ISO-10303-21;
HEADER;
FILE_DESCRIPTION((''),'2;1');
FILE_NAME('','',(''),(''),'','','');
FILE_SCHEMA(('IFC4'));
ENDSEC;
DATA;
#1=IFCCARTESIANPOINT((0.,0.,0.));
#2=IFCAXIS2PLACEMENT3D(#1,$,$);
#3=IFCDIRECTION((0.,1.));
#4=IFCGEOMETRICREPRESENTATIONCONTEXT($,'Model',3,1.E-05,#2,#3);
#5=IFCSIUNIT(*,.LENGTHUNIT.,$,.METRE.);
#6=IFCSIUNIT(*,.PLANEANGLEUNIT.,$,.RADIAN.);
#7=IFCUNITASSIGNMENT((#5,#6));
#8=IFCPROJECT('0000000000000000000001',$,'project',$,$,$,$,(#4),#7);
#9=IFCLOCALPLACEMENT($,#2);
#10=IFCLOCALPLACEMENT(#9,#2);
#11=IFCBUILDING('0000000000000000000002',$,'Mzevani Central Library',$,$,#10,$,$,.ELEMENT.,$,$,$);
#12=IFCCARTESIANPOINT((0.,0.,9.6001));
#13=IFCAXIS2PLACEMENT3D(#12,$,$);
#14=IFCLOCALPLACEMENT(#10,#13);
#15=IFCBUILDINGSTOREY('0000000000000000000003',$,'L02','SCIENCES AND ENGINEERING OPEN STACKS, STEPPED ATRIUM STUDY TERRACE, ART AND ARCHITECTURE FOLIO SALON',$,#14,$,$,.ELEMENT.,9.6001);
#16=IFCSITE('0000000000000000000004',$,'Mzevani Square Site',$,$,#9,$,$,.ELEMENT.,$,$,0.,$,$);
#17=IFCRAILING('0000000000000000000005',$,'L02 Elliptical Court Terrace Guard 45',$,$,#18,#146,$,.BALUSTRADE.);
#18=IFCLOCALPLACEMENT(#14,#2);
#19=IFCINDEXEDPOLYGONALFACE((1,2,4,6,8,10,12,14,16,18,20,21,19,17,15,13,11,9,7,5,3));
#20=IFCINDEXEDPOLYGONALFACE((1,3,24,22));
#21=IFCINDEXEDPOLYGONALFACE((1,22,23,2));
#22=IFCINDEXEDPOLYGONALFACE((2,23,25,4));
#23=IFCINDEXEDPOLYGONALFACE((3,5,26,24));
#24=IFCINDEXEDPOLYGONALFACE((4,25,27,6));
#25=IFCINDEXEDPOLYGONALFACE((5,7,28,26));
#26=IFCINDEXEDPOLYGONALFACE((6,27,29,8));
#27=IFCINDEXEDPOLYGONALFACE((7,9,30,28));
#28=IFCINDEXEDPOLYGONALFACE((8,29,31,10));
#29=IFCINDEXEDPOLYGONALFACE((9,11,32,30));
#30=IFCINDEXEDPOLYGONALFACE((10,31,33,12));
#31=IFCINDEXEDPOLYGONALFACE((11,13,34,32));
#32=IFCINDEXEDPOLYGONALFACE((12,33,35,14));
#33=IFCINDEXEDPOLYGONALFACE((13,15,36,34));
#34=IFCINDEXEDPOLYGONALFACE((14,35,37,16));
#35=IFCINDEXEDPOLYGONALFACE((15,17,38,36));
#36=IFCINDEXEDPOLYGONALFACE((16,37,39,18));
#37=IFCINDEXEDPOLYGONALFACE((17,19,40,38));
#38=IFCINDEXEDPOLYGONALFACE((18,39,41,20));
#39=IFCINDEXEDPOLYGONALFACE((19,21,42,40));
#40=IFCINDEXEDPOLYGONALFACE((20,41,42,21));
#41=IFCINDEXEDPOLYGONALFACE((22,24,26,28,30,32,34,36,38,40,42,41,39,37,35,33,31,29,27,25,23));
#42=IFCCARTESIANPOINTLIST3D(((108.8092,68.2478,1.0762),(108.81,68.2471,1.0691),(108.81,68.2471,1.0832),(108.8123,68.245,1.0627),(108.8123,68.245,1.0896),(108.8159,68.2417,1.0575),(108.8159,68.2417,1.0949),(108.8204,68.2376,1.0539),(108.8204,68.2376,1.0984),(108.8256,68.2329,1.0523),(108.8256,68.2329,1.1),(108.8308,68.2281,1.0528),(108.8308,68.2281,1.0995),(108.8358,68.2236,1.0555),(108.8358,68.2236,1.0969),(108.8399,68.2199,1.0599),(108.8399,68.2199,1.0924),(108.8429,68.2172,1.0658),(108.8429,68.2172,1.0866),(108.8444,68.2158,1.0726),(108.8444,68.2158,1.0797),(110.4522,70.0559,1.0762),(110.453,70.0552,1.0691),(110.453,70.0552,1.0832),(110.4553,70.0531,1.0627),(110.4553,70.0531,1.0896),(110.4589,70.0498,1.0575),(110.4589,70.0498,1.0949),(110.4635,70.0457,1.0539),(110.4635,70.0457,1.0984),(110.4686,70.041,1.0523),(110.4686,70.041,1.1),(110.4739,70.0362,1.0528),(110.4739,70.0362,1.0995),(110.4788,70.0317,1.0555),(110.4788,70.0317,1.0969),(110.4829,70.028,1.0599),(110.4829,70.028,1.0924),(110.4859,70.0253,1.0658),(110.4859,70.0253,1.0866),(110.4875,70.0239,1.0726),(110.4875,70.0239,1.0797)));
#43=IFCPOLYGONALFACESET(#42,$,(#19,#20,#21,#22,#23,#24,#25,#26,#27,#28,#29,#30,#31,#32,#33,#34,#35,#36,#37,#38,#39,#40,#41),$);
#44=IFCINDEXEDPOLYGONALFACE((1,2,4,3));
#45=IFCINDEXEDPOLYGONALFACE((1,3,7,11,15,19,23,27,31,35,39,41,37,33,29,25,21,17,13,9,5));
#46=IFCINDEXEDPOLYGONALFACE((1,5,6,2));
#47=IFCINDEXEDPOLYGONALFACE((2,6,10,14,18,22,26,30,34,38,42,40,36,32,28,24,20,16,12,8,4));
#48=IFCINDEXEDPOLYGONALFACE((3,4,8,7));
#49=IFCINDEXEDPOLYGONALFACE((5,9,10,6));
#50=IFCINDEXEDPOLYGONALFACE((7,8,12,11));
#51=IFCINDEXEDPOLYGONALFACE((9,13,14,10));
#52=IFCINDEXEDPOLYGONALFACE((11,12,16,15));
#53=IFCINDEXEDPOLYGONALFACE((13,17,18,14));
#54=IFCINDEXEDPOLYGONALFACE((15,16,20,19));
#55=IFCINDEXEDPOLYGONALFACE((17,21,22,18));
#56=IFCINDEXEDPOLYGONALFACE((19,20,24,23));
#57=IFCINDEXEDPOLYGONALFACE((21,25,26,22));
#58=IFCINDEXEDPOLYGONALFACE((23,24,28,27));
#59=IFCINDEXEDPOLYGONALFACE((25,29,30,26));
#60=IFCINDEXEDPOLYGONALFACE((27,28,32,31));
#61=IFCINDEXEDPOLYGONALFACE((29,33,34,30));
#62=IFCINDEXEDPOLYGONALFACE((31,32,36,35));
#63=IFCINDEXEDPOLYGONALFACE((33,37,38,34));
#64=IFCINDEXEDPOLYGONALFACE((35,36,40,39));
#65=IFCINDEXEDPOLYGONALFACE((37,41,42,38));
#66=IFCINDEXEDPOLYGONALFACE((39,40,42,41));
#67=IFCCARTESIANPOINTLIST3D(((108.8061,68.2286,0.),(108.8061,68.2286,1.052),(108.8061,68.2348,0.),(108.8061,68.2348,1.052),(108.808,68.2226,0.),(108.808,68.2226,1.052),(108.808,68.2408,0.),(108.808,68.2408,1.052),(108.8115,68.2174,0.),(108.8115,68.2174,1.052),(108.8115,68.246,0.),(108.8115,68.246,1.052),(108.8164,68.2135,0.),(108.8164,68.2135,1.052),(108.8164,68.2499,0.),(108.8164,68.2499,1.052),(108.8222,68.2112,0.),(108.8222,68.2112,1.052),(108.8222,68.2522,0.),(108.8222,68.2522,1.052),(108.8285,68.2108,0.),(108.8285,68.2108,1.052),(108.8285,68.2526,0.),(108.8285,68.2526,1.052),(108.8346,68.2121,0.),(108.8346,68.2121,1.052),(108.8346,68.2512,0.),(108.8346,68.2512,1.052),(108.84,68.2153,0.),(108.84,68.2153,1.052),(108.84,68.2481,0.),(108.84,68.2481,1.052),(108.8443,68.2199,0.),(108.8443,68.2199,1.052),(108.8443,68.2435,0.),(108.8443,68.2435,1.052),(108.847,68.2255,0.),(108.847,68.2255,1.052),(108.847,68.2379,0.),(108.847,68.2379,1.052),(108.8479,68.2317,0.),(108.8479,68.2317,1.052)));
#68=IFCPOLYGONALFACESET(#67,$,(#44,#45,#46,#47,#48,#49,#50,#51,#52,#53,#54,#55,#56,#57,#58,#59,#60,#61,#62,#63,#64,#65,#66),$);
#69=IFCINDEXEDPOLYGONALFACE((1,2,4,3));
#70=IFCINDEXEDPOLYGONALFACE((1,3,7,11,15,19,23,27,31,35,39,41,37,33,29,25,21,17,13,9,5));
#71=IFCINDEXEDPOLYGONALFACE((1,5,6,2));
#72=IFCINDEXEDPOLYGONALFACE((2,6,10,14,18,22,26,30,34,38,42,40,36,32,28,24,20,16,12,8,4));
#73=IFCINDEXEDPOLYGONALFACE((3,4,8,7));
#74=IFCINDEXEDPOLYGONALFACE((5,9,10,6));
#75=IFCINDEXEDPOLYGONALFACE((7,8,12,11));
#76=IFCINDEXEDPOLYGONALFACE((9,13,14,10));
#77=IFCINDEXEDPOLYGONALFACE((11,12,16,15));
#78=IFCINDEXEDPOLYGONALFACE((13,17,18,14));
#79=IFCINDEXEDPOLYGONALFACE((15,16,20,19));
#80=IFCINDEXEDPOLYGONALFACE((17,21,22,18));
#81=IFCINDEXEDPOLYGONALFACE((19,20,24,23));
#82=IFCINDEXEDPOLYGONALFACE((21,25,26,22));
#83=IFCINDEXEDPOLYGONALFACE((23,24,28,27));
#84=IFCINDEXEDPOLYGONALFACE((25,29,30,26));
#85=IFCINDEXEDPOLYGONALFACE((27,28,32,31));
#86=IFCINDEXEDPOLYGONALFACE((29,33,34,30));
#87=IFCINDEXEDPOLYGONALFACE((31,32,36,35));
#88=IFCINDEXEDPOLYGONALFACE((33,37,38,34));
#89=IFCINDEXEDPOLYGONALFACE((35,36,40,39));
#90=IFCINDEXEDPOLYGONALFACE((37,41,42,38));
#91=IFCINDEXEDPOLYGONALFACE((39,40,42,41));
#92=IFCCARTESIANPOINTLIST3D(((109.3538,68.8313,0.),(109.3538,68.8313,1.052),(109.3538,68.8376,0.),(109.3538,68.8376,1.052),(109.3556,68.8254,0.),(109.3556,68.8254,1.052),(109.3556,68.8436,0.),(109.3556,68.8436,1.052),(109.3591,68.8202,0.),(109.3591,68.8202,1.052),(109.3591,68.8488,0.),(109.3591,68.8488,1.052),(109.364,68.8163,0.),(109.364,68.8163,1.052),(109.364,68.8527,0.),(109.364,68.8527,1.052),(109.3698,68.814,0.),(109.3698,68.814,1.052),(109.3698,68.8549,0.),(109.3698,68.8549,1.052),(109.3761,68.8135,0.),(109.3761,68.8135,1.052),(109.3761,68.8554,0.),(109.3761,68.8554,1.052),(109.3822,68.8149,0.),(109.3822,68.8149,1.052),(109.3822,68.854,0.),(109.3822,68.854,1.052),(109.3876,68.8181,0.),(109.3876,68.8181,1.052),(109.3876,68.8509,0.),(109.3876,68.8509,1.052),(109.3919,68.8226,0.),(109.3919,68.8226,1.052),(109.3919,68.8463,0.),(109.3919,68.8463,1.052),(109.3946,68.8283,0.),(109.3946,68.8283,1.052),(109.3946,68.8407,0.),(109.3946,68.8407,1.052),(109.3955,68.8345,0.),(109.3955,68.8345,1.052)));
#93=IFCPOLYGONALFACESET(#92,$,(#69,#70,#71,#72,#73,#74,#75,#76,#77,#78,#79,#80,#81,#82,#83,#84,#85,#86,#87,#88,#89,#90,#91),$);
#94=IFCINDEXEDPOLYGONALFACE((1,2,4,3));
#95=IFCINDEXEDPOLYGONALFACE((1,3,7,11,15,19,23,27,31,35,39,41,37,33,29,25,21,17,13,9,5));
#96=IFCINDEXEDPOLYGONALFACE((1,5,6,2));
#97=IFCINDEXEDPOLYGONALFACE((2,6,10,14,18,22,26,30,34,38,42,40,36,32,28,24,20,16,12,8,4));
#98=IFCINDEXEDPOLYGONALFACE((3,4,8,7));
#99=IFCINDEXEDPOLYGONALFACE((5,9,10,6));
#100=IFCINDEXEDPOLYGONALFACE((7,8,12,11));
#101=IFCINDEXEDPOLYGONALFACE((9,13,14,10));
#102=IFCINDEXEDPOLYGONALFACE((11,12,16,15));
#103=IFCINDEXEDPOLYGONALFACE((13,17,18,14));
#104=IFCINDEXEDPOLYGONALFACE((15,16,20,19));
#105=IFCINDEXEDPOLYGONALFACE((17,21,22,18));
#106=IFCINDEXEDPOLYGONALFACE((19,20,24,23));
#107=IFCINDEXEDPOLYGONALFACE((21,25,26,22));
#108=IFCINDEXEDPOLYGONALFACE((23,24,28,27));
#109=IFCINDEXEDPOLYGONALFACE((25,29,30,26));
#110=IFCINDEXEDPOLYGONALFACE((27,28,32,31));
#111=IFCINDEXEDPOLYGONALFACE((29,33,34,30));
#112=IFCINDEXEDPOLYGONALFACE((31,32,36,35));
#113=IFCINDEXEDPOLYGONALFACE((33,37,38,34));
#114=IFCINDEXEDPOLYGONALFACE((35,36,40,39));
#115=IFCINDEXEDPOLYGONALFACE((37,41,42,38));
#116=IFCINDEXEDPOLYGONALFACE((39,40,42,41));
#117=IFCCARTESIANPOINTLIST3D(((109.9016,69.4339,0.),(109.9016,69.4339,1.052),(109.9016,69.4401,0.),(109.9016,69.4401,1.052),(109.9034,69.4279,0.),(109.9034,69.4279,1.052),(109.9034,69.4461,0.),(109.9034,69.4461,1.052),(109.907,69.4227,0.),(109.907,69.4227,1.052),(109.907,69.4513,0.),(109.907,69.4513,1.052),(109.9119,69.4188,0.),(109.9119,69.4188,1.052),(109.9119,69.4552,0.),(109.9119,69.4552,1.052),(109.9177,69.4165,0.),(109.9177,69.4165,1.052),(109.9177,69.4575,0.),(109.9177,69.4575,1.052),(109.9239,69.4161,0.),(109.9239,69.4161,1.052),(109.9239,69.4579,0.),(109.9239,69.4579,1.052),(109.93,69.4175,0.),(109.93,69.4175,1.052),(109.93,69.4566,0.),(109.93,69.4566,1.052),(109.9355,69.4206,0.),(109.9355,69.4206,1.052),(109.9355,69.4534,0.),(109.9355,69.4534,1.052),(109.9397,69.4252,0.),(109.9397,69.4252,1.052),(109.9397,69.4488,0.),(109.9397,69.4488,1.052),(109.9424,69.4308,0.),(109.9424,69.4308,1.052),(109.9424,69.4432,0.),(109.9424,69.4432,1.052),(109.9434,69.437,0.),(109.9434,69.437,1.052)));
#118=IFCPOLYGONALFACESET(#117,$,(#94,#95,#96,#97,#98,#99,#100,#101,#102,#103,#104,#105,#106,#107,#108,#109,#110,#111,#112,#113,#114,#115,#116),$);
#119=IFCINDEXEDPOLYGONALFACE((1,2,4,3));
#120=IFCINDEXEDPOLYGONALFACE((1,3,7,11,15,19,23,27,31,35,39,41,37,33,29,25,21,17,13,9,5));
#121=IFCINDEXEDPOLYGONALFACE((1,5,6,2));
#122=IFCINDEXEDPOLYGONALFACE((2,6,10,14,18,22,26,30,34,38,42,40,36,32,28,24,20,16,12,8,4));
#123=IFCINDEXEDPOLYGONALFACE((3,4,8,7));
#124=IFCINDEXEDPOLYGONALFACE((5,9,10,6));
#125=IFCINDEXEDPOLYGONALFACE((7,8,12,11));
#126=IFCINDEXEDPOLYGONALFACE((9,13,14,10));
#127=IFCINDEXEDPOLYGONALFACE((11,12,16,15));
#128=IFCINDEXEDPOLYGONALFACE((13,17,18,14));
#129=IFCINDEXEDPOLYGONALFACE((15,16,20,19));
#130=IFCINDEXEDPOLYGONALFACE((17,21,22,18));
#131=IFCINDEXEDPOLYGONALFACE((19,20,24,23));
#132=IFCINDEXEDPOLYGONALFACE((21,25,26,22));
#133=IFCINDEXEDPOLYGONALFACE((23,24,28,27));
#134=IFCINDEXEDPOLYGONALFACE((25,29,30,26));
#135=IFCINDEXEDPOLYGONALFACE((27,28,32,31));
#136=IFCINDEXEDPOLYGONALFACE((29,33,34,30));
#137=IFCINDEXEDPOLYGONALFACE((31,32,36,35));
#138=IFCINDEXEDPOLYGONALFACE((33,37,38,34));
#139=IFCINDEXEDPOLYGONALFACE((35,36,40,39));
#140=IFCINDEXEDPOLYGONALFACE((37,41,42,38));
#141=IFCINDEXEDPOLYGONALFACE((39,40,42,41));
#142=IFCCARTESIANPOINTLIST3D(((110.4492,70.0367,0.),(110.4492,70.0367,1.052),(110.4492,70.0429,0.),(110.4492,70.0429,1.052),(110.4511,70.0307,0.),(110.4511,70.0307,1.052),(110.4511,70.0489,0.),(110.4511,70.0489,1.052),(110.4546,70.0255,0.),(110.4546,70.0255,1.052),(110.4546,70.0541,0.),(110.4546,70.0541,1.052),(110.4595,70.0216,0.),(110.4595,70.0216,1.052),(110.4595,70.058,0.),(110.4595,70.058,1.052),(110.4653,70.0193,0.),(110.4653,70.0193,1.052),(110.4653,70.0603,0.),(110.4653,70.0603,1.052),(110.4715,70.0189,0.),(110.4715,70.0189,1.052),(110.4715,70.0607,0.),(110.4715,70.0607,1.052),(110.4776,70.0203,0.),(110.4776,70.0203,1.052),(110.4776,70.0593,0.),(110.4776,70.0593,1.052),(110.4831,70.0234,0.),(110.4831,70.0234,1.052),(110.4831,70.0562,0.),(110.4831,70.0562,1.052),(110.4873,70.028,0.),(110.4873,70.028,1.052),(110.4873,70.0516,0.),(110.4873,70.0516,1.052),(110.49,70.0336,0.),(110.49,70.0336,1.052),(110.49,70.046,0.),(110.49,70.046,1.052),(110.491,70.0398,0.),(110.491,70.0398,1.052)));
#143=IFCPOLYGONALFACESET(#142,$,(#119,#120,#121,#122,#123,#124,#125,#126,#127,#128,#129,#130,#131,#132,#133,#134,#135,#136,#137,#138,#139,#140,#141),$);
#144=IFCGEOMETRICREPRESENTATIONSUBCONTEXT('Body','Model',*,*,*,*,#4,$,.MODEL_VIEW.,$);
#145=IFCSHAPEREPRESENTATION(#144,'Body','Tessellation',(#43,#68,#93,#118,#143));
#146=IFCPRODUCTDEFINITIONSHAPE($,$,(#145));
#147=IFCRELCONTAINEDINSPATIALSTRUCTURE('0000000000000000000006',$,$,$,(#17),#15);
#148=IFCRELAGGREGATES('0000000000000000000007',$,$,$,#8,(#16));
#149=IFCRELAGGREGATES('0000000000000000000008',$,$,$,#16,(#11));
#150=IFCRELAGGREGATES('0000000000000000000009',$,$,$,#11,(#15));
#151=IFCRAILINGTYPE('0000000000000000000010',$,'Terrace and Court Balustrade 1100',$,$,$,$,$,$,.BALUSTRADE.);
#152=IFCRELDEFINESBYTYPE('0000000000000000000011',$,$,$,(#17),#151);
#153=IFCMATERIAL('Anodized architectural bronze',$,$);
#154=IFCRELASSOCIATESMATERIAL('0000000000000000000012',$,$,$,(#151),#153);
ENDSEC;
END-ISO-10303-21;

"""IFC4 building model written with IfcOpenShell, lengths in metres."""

from ifc_helpers import new_model, si_unit, direction, frame, origin, origin_2d, place, context, subcontext, project, spatial, circle, extrude, material, type_object, element, save


model = new_model("IFC4")

# Units and contexts
model_context = context("Model", 3, precision=1e-05, world=origin(), true_north=direction((0.0, 1.0)))
body_context = subcontext(model_context, "Body", "Model", "MODEL_VIEW")
ifc_project = project(units=[si_unit("LENGTHUNIT", "METRE"), si_unit("PLANEANGLEUNIT", "RADIAN")], contexts=[model_context])

# Site, building, storey
site_placement = place(None, origin())
site = spatial("IfcSite", under=ifc_project, at=site_placement, Name="Mzevani Square Site", CompositionType="ELEMENT", RefElevation=0.0)
building_placement = place(site_placement, origin())
building = spatial("IfcBuilding", under=site, at=building_placement, Name="Mzevani Central Library", CompositionType="ELEMENT")
storey_placement = place(building_placement, frame((0.0, 0.0, 9.6001)))
storey = spatial("IfcBuildingStorey", under=building, at=storey_placement, Name="L02", Description="SCIENCES AND ENGINEERING OPEN STACKS, STEPPED ATRIUM STUDY TERRACE, ART AND ARCHITECTURE FOLIO SALON", CompositionType="ELEMENT", Elevation=9.6001)

# Railing
ifc_material_1 = material(Name="Anodized architectural bronze")
railing_type = type_object("IfcRailingType", Name="Terrace and Court Balustrade 1100", PredefinedType="BALUSTRADE", material=ifc_material_1)
railing_1_placement = place(storey_placement, frame((108.8269, 68.2317, 0.0)))
element("IfcRailing", 1, at=railing_1_placement, inside=storey, type_object=railing_type, Name="L02 Elliptical Court Terrace Guard 45", PredefinedType="BALUSTRADE", context=body_context, shape_type="SweptSolid", body=[
    extrude(circle(Radius=0.0239, at=origin_2d()), frame((0.0, 0.0, 1.0762), z_axis=(0.672524, 0.740076, 0.0), x_axis=(-0.740076, 0.672524, 0.0)), (0.0, 0.0, 1.0), 2.4431),
    extrude(circle(Radius=0.021, at=origin_2d()), origin(), (0.0, 0.0, 1.0), 1.052),
    extrude(circle(Radius=0.021, at=origin_2d()), frame((0.5476, 0.6028, 0.0)), (0.0, 0.0, 1.0), 1.052),
    extrude(circle(Radius=0.021, at=origin_2d()), frame((1.0955, 1.2053, 0.0)), (0.0, 0.0, 1.0), 1.052),
    extrude(circle(Radius=0.021, at=origin_2d()), frame((1.6431, 1.8081, 0.0)), (0.0, 0.0, 1.0), 1.052),
])

save(model, "model.ifc")
